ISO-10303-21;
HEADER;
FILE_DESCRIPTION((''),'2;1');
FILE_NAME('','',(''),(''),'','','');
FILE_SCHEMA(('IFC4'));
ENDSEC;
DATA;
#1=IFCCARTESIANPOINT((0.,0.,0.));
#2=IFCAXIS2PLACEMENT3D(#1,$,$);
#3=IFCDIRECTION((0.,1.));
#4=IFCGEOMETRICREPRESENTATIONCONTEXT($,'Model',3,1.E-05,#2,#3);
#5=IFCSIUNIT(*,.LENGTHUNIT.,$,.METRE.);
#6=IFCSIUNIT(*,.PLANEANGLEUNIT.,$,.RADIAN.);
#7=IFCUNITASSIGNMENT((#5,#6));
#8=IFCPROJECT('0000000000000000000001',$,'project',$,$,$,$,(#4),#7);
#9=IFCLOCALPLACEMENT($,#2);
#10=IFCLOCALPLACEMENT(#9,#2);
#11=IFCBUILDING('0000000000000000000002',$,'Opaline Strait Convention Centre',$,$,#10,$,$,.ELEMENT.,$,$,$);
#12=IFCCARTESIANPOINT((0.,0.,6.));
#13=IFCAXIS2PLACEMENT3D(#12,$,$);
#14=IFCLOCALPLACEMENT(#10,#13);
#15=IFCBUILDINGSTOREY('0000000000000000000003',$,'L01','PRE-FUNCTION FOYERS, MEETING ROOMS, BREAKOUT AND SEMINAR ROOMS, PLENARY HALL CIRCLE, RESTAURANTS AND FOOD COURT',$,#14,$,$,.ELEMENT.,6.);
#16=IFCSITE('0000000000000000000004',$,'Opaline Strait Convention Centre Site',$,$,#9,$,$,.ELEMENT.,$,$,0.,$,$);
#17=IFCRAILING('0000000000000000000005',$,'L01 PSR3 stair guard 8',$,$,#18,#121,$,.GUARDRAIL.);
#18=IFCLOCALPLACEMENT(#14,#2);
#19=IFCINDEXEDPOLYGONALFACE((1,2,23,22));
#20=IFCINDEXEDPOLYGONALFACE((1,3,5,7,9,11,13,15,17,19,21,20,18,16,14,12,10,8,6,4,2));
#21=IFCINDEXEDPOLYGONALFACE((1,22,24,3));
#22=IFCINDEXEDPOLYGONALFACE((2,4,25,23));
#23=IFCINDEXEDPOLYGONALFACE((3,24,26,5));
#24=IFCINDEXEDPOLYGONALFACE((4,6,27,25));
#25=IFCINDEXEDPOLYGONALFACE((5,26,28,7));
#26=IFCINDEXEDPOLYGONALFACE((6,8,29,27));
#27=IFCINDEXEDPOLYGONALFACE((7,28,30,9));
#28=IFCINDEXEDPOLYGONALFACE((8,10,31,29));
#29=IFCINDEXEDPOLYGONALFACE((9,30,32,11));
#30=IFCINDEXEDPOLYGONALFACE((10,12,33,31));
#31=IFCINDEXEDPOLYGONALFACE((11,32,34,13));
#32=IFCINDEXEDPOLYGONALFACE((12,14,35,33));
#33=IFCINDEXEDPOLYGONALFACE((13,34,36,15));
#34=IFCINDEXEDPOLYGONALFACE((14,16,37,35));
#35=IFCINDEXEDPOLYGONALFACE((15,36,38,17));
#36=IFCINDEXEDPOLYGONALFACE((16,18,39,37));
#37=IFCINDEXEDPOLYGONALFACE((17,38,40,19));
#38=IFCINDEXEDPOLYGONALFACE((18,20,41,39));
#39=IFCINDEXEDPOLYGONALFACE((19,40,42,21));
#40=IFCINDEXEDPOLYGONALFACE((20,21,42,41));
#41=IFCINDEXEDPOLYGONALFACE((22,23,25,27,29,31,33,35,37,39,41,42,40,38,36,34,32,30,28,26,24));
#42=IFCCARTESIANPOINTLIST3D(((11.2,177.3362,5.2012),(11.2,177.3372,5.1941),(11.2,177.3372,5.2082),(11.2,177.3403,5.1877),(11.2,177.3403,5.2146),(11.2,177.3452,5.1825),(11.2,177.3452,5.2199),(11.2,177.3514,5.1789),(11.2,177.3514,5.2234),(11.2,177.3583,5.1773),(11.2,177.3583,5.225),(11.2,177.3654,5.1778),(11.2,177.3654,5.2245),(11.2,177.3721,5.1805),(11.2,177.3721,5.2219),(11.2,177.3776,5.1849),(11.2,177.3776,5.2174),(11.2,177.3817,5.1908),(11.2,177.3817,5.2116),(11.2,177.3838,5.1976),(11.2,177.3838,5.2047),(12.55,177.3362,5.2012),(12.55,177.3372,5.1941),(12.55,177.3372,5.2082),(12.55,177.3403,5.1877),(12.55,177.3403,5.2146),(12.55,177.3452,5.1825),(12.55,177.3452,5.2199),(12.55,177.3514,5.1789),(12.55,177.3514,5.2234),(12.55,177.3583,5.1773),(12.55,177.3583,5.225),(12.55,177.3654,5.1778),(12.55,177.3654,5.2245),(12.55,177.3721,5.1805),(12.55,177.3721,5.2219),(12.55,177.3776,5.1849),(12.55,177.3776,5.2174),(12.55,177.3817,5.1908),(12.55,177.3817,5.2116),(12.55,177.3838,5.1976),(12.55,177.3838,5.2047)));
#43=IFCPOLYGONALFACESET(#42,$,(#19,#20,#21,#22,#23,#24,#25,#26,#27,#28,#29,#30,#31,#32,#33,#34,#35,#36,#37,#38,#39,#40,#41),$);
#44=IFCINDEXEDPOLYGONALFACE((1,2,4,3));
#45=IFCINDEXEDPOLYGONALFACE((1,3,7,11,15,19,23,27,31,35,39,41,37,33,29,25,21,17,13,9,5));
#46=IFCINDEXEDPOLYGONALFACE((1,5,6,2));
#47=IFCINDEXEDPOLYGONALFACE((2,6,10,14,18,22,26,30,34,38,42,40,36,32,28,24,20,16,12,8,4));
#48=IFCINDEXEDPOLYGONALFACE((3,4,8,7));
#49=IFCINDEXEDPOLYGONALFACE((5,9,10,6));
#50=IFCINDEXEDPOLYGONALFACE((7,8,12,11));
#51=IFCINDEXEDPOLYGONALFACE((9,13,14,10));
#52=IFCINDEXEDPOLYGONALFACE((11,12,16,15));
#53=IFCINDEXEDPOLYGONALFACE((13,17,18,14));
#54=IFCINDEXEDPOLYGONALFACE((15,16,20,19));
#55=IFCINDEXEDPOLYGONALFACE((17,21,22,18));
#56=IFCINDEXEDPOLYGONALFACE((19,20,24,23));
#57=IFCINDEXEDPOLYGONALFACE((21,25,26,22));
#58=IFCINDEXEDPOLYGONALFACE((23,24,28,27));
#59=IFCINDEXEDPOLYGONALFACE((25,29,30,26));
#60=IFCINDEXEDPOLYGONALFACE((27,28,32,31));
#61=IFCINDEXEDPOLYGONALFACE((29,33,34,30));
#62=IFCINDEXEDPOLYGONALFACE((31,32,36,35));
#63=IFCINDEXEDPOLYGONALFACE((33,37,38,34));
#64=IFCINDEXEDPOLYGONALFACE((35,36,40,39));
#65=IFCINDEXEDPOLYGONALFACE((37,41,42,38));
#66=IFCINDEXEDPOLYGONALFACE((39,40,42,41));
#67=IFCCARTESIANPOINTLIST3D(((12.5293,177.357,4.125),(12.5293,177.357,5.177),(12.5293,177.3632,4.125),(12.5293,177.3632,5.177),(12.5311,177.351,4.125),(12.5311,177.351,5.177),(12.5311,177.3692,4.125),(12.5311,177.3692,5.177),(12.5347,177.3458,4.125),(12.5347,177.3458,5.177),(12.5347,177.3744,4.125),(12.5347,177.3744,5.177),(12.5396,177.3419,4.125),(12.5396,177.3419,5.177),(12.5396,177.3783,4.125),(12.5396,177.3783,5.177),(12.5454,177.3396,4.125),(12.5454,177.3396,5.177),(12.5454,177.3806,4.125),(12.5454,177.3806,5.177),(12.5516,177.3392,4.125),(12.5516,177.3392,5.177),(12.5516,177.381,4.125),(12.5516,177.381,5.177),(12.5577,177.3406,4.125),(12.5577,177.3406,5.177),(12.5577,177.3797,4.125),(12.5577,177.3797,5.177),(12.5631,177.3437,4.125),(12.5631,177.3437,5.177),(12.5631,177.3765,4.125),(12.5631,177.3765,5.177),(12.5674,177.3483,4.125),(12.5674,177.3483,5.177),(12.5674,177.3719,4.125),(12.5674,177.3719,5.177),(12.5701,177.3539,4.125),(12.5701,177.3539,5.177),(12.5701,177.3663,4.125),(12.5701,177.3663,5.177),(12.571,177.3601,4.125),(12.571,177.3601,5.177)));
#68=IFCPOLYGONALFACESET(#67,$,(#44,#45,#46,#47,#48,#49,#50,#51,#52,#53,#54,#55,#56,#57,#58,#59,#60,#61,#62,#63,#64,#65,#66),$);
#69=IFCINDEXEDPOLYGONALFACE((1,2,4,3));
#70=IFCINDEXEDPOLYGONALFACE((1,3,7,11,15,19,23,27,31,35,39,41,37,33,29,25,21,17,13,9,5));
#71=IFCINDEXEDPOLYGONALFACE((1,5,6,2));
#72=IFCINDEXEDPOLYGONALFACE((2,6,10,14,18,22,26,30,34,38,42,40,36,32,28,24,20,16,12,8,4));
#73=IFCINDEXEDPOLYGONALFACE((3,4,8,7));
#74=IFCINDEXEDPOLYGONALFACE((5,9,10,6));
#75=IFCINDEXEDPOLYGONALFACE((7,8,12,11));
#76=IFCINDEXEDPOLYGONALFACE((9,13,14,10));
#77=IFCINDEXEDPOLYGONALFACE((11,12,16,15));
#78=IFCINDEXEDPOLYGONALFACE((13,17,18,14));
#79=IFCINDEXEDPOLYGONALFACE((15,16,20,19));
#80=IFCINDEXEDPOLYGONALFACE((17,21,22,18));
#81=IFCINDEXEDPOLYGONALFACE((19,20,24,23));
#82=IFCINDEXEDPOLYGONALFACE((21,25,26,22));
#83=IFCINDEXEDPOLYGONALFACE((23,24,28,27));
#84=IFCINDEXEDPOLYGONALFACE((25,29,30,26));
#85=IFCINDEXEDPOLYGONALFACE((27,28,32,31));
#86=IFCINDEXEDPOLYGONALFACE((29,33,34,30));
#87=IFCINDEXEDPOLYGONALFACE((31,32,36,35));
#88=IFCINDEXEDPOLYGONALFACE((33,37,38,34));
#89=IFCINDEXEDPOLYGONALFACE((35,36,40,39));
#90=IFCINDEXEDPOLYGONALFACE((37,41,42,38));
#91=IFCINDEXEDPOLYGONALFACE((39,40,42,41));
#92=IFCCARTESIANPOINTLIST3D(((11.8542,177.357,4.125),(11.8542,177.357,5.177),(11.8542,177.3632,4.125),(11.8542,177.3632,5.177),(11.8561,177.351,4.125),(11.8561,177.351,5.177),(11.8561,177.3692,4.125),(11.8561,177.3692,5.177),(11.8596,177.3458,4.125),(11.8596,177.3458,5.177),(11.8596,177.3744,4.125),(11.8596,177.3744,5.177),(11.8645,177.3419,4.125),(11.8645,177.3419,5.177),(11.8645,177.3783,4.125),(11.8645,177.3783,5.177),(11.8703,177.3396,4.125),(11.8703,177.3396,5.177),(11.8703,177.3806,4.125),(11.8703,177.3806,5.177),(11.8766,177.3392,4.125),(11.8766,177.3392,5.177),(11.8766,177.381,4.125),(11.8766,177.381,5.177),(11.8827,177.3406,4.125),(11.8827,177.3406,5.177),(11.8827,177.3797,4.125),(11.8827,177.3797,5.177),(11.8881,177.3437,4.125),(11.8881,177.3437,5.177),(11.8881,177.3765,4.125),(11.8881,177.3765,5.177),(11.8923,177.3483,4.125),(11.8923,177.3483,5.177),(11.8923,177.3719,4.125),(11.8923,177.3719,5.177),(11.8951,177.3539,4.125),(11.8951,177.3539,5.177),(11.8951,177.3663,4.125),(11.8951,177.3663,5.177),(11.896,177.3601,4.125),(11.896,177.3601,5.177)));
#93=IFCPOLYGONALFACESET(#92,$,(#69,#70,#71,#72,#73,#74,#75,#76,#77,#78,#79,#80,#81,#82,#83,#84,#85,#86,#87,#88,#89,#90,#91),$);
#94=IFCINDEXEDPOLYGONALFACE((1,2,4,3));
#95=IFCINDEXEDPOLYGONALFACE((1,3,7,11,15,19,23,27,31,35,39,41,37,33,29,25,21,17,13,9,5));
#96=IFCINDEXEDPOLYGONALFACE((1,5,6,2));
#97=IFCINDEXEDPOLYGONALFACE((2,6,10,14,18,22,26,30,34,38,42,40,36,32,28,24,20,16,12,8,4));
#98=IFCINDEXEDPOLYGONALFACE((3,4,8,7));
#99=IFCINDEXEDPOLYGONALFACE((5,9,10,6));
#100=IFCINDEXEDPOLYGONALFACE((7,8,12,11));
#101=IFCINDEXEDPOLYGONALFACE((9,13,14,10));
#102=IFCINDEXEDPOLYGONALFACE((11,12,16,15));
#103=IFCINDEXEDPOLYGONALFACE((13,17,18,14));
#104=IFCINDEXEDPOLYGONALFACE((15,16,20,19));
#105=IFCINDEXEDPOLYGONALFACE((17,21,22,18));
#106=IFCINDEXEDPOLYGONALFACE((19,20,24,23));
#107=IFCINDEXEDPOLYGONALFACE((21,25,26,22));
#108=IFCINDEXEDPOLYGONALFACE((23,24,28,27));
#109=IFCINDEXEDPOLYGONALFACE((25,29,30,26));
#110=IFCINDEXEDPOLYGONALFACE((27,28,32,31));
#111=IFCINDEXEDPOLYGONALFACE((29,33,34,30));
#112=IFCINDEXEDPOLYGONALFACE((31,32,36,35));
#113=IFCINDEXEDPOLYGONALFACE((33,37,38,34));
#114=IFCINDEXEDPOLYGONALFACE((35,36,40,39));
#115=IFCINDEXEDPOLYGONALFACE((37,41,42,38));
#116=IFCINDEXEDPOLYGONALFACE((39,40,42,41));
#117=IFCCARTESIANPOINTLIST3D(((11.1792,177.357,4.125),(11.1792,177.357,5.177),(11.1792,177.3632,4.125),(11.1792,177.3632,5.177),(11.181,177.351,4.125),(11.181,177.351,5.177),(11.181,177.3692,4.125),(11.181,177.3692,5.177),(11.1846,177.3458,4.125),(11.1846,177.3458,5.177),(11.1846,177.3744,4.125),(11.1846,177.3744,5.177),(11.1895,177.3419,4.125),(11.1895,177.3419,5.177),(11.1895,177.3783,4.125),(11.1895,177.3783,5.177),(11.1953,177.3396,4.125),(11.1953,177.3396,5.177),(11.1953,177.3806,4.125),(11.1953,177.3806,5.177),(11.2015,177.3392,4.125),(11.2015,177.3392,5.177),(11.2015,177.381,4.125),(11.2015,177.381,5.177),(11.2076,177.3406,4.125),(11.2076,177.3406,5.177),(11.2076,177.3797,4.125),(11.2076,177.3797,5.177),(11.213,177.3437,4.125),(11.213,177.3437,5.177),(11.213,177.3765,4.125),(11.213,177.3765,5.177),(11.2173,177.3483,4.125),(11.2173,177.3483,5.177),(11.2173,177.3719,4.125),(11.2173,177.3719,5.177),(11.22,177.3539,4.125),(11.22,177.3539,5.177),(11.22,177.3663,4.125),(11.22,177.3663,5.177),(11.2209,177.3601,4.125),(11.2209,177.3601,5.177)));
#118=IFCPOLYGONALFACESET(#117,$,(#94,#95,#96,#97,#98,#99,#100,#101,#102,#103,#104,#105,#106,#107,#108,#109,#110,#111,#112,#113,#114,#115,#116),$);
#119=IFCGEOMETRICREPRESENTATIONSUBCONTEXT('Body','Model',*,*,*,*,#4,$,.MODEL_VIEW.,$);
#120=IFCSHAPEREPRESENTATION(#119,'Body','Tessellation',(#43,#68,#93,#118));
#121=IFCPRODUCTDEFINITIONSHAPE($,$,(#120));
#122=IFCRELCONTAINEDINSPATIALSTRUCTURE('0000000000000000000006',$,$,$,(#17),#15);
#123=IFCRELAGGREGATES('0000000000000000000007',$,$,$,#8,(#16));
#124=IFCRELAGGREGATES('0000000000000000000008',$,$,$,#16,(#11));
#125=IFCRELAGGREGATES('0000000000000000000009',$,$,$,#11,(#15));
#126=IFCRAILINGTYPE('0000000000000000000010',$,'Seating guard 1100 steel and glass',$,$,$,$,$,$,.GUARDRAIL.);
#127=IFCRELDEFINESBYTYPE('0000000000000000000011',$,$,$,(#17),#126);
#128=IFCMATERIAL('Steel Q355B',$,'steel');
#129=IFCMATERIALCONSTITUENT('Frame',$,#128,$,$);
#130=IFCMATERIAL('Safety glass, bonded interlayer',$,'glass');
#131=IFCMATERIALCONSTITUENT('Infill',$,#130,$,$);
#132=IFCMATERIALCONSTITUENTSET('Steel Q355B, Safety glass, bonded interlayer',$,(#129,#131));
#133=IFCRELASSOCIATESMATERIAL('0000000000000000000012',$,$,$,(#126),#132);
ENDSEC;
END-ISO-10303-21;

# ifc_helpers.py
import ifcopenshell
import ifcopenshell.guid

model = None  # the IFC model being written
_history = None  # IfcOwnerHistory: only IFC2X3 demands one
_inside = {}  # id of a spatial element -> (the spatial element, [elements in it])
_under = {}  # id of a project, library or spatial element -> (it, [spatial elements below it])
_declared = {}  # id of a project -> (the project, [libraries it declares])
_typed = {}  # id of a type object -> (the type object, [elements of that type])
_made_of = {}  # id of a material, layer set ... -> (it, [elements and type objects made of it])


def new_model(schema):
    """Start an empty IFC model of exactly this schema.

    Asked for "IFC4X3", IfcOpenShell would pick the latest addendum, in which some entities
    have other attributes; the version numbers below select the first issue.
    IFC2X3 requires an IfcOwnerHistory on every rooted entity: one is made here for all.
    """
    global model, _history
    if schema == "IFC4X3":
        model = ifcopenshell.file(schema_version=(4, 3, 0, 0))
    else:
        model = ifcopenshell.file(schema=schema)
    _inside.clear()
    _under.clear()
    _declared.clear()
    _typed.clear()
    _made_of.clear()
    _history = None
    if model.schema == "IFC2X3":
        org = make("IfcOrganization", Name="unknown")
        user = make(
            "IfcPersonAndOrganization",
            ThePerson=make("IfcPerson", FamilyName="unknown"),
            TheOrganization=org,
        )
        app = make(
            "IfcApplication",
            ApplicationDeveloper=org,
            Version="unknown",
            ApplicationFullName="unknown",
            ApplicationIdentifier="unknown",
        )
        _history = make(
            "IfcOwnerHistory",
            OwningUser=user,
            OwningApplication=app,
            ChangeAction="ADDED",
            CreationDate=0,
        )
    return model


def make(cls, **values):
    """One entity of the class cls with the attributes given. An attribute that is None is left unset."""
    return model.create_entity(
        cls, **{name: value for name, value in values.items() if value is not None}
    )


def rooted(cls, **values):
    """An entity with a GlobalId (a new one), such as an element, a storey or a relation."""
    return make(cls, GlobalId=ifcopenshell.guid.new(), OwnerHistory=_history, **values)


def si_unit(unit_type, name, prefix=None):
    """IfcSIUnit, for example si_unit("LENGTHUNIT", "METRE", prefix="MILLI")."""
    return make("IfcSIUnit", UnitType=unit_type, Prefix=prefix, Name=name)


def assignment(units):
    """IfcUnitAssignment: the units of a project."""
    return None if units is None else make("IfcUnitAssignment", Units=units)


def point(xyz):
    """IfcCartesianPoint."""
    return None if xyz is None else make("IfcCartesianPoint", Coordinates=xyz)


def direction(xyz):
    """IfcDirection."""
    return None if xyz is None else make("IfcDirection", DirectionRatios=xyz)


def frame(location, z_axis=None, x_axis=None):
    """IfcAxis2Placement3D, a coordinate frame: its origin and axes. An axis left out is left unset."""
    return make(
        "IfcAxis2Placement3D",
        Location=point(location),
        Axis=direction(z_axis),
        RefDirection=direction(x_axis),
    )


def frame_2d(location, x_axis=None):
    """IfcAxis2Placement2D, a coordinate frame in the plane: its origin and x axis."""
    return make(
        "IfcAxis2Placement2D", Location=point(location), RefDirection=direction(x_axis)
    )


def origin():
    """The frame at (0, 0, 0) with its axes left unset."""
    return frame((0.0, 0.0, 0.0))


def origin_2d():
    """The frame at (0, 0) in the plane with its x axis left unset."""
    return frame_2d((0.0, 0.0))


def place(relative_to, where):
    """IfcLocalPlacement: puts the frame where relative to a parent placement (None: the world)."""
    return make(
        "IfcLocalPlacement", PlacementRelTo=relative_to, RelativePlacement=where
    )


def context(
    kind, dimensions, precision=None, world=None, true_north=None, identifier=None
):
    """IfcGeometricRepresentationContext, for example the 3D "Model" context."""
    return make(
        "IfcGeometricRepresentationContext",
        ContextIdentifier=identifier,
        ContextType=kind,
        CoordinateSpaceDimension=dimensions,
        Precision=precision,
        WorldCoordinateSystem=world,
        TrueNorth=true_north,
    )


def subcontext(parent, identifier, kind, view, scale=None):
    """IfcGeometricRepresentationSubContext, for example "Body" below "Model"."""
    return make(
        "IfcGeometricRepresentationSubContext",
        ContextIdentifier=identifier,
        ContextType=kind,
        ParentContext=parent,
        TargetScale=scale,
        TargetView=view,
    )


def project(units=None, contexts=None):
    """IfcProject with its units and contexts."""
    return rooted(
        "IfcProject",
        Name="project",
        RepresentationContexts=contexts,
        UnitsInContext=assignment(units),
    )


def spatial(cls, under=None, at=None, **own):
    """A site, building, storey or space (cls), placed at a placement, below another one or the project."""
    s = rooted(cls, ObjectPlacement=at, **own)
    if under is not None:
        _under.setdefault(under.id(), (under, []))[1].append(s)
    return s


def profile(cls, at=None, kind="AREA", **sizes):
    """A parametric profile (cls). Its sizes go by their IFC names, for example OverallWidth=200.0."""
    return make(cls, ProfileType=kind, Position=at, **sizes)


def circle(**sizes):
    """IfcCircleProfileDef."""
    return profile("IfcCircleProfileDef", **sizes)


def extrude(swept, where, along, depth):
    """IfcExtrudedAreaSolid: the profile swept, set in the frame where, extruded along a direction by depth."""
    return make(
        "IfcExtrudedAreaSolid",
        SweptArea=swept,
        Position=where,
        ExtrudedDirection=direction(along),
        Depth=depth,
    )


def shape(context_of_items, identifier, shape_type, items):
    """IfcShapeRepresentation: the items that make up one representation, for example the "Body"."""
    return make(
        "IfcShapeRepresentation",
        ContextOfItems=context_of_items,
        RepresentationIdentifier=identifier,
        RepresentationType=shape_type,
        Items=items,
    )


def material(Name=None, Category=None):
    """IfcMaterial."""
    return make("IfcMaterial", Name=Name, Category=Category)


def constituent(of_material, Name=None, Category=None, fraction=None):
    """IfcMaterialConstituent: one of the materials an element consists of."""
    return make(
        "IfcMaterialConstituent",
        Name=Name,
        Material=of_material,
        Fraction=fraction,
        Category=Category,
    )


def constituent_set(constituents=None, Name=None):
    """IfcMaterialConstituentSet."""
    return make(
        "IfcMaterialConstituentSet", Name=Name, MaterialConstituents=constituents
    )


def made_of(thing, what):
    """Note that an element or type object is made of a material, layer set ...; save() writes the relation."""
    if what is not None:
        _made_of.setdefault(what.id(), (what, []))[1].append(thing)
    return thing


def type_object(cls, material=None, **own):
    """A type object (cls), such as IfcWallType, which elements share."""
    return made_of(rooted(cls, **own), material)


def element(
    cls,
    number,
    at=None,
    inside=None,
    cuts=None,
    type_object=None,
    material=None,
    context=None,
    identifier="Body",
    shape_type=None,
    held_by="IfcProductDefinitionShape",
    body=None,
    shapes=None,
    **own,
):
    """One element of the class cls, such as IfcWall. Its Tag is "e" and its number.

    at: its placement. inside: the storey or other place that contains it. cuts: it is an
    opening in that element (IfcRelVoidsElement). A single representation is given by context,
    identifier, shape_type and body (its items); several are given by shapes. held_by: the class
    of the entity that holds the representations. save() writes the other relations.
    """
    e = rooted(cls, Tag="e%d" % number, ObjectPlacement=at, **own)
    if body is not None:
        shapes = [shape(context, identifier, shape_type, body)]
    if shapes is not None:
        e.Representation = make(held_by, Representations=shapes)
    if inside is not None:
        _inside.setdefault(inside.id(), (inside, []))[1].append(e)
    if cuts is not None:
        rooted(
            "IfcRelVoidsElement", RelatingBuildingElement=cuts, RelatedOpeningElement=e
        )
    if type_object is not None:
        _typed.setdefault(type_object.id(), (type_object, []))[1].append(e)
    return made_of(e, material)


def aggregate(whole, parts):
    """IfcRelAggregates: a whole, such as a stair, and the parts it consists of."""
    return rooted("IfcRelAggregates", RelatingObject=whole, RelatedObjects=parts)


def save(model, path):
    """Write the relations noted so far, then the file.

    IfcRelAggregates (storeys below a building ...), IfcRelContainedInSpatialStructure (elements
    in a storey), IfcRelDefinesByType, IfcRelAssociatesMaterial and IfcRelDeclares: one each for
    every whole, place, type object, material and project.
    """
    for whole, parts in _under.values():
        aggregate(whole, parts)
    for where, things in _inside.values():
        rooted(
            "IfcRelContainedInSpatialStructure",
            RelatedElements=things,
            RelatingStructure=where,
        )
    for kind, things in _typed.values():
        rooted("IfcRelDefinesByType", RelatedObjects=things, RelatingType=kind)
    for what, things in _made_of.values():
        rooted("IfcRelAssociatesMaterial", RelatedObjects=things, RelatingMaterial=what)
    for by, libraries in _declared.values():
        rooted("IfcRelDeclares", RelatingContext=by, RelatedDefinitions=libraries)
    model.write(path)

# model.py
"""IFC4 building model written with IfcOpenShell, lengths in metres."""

from ifc_helpers import new_model, si_unit, direction, frame, origin, origin_2d, place, context, subcontext, project, spatial, circle, extrude, material, constituent, constituent_set, type_object, element, save


model = new_model("IFC4")

# Units and contexts
model_context = context("Model", 3, precision=1e-05, world=origin(), true_north=direction((0.0, 1.0)))
body_context = subcontext(model_context, "Body", "Model", "MODEL_VIEW")
ifc_project = project(units=[si_unit("LENGTHUNIT", "METRE"), si_unit("PLANEANGLEUNIT", "RADIAN")], contexts=[model_context])

# Site, building, storey
site_placement = place(None, origin())
site = spatial("IfcSite", under=ifc_project, at=site_placement, Name="Opaline Strait Convention Centre Site", CompositionType="ELEMENT", RefElevation=0.0)
building_placement = place(site_placement, origin())
building = spatial("IfcBuilding", under=site, at=building_placement, Name="Opaline Strait Convention Centre", CompositionType="ELEMENT")
storey_placement = place(building_placement, frame((0.0, 0.0, 6.0)))
storey = spatial("IfcBuildingStorey", under=building, at=storey_placement, Name="L01", Description="PRE-FUNCTION FOYERS, MEETING ROOMS, BREAKOUT AND SEMINAR ROOMS, PLENARY HALL CIRCLE, RESTAURANTS AND FOOD COURT", CompositionType="ELEMENT", Elevation=6.0)

# Railing
ifc_material_1 = material(Name="Steel Q355B", Category="steel")
ifc_constituent_1 = constituent(ifc_material_1, Name="Frame")
ifc_material_2 = material(Name="Safety glass, bonded interlayer", Category="glass")
ifc_constituent_2 = constituent(ifc_material_2, Name="Infill")
ifc_constituent_set = constituent_set(constituents=[ifc_constituent_1, ifc_constituent_2], Name="Steel Q355B, Safety glass, bonded interlayer")
railing_type = type_object("IfcRailingType", Name="Seating guard 1100 steel and glass", PredefinedType="GUARDRAIL", material=ifc_constituent_set)
railing_1_placement = place(storey_placement, frame((12.55, 177.3601, 4.125)))
element("IfcRailing", 1, at=railing_1_placement, inside=storey, type_object=railing_type, Name="L01 PSR3 stair guard 8", PredefinedType="GUARDRAIL", context=body_context, shape_type="SweptSolid", body=[
    extrude(circle(Radius=0.0239, at=origin_2d()), frame((0.0, 0.0, 1.0762), z_axis=(-1.0, 0.0, 0.0), x_axis=(0.0, -1.0, 0.0)), (0.0, 0.0, 1.0), 1.3501),
    extrude(circle(Radius=0.021, at=origin_2d()), origin(), (0.0, 0.0, 1.0), 1.052),
    extrude(circle(Radius=0.021, at=origin_2d()), frame((-0.675, 0.0, 0.0)), (0.0, 0.0, 1.0), 1.052),
    extrude(circle(Radius=0.021, at=origin_2d()), frame((-1.3501, 0.0, 0.0)), (0.0, 0.0, 1.0), 1.052),
])

save(model, "model.ifc")
